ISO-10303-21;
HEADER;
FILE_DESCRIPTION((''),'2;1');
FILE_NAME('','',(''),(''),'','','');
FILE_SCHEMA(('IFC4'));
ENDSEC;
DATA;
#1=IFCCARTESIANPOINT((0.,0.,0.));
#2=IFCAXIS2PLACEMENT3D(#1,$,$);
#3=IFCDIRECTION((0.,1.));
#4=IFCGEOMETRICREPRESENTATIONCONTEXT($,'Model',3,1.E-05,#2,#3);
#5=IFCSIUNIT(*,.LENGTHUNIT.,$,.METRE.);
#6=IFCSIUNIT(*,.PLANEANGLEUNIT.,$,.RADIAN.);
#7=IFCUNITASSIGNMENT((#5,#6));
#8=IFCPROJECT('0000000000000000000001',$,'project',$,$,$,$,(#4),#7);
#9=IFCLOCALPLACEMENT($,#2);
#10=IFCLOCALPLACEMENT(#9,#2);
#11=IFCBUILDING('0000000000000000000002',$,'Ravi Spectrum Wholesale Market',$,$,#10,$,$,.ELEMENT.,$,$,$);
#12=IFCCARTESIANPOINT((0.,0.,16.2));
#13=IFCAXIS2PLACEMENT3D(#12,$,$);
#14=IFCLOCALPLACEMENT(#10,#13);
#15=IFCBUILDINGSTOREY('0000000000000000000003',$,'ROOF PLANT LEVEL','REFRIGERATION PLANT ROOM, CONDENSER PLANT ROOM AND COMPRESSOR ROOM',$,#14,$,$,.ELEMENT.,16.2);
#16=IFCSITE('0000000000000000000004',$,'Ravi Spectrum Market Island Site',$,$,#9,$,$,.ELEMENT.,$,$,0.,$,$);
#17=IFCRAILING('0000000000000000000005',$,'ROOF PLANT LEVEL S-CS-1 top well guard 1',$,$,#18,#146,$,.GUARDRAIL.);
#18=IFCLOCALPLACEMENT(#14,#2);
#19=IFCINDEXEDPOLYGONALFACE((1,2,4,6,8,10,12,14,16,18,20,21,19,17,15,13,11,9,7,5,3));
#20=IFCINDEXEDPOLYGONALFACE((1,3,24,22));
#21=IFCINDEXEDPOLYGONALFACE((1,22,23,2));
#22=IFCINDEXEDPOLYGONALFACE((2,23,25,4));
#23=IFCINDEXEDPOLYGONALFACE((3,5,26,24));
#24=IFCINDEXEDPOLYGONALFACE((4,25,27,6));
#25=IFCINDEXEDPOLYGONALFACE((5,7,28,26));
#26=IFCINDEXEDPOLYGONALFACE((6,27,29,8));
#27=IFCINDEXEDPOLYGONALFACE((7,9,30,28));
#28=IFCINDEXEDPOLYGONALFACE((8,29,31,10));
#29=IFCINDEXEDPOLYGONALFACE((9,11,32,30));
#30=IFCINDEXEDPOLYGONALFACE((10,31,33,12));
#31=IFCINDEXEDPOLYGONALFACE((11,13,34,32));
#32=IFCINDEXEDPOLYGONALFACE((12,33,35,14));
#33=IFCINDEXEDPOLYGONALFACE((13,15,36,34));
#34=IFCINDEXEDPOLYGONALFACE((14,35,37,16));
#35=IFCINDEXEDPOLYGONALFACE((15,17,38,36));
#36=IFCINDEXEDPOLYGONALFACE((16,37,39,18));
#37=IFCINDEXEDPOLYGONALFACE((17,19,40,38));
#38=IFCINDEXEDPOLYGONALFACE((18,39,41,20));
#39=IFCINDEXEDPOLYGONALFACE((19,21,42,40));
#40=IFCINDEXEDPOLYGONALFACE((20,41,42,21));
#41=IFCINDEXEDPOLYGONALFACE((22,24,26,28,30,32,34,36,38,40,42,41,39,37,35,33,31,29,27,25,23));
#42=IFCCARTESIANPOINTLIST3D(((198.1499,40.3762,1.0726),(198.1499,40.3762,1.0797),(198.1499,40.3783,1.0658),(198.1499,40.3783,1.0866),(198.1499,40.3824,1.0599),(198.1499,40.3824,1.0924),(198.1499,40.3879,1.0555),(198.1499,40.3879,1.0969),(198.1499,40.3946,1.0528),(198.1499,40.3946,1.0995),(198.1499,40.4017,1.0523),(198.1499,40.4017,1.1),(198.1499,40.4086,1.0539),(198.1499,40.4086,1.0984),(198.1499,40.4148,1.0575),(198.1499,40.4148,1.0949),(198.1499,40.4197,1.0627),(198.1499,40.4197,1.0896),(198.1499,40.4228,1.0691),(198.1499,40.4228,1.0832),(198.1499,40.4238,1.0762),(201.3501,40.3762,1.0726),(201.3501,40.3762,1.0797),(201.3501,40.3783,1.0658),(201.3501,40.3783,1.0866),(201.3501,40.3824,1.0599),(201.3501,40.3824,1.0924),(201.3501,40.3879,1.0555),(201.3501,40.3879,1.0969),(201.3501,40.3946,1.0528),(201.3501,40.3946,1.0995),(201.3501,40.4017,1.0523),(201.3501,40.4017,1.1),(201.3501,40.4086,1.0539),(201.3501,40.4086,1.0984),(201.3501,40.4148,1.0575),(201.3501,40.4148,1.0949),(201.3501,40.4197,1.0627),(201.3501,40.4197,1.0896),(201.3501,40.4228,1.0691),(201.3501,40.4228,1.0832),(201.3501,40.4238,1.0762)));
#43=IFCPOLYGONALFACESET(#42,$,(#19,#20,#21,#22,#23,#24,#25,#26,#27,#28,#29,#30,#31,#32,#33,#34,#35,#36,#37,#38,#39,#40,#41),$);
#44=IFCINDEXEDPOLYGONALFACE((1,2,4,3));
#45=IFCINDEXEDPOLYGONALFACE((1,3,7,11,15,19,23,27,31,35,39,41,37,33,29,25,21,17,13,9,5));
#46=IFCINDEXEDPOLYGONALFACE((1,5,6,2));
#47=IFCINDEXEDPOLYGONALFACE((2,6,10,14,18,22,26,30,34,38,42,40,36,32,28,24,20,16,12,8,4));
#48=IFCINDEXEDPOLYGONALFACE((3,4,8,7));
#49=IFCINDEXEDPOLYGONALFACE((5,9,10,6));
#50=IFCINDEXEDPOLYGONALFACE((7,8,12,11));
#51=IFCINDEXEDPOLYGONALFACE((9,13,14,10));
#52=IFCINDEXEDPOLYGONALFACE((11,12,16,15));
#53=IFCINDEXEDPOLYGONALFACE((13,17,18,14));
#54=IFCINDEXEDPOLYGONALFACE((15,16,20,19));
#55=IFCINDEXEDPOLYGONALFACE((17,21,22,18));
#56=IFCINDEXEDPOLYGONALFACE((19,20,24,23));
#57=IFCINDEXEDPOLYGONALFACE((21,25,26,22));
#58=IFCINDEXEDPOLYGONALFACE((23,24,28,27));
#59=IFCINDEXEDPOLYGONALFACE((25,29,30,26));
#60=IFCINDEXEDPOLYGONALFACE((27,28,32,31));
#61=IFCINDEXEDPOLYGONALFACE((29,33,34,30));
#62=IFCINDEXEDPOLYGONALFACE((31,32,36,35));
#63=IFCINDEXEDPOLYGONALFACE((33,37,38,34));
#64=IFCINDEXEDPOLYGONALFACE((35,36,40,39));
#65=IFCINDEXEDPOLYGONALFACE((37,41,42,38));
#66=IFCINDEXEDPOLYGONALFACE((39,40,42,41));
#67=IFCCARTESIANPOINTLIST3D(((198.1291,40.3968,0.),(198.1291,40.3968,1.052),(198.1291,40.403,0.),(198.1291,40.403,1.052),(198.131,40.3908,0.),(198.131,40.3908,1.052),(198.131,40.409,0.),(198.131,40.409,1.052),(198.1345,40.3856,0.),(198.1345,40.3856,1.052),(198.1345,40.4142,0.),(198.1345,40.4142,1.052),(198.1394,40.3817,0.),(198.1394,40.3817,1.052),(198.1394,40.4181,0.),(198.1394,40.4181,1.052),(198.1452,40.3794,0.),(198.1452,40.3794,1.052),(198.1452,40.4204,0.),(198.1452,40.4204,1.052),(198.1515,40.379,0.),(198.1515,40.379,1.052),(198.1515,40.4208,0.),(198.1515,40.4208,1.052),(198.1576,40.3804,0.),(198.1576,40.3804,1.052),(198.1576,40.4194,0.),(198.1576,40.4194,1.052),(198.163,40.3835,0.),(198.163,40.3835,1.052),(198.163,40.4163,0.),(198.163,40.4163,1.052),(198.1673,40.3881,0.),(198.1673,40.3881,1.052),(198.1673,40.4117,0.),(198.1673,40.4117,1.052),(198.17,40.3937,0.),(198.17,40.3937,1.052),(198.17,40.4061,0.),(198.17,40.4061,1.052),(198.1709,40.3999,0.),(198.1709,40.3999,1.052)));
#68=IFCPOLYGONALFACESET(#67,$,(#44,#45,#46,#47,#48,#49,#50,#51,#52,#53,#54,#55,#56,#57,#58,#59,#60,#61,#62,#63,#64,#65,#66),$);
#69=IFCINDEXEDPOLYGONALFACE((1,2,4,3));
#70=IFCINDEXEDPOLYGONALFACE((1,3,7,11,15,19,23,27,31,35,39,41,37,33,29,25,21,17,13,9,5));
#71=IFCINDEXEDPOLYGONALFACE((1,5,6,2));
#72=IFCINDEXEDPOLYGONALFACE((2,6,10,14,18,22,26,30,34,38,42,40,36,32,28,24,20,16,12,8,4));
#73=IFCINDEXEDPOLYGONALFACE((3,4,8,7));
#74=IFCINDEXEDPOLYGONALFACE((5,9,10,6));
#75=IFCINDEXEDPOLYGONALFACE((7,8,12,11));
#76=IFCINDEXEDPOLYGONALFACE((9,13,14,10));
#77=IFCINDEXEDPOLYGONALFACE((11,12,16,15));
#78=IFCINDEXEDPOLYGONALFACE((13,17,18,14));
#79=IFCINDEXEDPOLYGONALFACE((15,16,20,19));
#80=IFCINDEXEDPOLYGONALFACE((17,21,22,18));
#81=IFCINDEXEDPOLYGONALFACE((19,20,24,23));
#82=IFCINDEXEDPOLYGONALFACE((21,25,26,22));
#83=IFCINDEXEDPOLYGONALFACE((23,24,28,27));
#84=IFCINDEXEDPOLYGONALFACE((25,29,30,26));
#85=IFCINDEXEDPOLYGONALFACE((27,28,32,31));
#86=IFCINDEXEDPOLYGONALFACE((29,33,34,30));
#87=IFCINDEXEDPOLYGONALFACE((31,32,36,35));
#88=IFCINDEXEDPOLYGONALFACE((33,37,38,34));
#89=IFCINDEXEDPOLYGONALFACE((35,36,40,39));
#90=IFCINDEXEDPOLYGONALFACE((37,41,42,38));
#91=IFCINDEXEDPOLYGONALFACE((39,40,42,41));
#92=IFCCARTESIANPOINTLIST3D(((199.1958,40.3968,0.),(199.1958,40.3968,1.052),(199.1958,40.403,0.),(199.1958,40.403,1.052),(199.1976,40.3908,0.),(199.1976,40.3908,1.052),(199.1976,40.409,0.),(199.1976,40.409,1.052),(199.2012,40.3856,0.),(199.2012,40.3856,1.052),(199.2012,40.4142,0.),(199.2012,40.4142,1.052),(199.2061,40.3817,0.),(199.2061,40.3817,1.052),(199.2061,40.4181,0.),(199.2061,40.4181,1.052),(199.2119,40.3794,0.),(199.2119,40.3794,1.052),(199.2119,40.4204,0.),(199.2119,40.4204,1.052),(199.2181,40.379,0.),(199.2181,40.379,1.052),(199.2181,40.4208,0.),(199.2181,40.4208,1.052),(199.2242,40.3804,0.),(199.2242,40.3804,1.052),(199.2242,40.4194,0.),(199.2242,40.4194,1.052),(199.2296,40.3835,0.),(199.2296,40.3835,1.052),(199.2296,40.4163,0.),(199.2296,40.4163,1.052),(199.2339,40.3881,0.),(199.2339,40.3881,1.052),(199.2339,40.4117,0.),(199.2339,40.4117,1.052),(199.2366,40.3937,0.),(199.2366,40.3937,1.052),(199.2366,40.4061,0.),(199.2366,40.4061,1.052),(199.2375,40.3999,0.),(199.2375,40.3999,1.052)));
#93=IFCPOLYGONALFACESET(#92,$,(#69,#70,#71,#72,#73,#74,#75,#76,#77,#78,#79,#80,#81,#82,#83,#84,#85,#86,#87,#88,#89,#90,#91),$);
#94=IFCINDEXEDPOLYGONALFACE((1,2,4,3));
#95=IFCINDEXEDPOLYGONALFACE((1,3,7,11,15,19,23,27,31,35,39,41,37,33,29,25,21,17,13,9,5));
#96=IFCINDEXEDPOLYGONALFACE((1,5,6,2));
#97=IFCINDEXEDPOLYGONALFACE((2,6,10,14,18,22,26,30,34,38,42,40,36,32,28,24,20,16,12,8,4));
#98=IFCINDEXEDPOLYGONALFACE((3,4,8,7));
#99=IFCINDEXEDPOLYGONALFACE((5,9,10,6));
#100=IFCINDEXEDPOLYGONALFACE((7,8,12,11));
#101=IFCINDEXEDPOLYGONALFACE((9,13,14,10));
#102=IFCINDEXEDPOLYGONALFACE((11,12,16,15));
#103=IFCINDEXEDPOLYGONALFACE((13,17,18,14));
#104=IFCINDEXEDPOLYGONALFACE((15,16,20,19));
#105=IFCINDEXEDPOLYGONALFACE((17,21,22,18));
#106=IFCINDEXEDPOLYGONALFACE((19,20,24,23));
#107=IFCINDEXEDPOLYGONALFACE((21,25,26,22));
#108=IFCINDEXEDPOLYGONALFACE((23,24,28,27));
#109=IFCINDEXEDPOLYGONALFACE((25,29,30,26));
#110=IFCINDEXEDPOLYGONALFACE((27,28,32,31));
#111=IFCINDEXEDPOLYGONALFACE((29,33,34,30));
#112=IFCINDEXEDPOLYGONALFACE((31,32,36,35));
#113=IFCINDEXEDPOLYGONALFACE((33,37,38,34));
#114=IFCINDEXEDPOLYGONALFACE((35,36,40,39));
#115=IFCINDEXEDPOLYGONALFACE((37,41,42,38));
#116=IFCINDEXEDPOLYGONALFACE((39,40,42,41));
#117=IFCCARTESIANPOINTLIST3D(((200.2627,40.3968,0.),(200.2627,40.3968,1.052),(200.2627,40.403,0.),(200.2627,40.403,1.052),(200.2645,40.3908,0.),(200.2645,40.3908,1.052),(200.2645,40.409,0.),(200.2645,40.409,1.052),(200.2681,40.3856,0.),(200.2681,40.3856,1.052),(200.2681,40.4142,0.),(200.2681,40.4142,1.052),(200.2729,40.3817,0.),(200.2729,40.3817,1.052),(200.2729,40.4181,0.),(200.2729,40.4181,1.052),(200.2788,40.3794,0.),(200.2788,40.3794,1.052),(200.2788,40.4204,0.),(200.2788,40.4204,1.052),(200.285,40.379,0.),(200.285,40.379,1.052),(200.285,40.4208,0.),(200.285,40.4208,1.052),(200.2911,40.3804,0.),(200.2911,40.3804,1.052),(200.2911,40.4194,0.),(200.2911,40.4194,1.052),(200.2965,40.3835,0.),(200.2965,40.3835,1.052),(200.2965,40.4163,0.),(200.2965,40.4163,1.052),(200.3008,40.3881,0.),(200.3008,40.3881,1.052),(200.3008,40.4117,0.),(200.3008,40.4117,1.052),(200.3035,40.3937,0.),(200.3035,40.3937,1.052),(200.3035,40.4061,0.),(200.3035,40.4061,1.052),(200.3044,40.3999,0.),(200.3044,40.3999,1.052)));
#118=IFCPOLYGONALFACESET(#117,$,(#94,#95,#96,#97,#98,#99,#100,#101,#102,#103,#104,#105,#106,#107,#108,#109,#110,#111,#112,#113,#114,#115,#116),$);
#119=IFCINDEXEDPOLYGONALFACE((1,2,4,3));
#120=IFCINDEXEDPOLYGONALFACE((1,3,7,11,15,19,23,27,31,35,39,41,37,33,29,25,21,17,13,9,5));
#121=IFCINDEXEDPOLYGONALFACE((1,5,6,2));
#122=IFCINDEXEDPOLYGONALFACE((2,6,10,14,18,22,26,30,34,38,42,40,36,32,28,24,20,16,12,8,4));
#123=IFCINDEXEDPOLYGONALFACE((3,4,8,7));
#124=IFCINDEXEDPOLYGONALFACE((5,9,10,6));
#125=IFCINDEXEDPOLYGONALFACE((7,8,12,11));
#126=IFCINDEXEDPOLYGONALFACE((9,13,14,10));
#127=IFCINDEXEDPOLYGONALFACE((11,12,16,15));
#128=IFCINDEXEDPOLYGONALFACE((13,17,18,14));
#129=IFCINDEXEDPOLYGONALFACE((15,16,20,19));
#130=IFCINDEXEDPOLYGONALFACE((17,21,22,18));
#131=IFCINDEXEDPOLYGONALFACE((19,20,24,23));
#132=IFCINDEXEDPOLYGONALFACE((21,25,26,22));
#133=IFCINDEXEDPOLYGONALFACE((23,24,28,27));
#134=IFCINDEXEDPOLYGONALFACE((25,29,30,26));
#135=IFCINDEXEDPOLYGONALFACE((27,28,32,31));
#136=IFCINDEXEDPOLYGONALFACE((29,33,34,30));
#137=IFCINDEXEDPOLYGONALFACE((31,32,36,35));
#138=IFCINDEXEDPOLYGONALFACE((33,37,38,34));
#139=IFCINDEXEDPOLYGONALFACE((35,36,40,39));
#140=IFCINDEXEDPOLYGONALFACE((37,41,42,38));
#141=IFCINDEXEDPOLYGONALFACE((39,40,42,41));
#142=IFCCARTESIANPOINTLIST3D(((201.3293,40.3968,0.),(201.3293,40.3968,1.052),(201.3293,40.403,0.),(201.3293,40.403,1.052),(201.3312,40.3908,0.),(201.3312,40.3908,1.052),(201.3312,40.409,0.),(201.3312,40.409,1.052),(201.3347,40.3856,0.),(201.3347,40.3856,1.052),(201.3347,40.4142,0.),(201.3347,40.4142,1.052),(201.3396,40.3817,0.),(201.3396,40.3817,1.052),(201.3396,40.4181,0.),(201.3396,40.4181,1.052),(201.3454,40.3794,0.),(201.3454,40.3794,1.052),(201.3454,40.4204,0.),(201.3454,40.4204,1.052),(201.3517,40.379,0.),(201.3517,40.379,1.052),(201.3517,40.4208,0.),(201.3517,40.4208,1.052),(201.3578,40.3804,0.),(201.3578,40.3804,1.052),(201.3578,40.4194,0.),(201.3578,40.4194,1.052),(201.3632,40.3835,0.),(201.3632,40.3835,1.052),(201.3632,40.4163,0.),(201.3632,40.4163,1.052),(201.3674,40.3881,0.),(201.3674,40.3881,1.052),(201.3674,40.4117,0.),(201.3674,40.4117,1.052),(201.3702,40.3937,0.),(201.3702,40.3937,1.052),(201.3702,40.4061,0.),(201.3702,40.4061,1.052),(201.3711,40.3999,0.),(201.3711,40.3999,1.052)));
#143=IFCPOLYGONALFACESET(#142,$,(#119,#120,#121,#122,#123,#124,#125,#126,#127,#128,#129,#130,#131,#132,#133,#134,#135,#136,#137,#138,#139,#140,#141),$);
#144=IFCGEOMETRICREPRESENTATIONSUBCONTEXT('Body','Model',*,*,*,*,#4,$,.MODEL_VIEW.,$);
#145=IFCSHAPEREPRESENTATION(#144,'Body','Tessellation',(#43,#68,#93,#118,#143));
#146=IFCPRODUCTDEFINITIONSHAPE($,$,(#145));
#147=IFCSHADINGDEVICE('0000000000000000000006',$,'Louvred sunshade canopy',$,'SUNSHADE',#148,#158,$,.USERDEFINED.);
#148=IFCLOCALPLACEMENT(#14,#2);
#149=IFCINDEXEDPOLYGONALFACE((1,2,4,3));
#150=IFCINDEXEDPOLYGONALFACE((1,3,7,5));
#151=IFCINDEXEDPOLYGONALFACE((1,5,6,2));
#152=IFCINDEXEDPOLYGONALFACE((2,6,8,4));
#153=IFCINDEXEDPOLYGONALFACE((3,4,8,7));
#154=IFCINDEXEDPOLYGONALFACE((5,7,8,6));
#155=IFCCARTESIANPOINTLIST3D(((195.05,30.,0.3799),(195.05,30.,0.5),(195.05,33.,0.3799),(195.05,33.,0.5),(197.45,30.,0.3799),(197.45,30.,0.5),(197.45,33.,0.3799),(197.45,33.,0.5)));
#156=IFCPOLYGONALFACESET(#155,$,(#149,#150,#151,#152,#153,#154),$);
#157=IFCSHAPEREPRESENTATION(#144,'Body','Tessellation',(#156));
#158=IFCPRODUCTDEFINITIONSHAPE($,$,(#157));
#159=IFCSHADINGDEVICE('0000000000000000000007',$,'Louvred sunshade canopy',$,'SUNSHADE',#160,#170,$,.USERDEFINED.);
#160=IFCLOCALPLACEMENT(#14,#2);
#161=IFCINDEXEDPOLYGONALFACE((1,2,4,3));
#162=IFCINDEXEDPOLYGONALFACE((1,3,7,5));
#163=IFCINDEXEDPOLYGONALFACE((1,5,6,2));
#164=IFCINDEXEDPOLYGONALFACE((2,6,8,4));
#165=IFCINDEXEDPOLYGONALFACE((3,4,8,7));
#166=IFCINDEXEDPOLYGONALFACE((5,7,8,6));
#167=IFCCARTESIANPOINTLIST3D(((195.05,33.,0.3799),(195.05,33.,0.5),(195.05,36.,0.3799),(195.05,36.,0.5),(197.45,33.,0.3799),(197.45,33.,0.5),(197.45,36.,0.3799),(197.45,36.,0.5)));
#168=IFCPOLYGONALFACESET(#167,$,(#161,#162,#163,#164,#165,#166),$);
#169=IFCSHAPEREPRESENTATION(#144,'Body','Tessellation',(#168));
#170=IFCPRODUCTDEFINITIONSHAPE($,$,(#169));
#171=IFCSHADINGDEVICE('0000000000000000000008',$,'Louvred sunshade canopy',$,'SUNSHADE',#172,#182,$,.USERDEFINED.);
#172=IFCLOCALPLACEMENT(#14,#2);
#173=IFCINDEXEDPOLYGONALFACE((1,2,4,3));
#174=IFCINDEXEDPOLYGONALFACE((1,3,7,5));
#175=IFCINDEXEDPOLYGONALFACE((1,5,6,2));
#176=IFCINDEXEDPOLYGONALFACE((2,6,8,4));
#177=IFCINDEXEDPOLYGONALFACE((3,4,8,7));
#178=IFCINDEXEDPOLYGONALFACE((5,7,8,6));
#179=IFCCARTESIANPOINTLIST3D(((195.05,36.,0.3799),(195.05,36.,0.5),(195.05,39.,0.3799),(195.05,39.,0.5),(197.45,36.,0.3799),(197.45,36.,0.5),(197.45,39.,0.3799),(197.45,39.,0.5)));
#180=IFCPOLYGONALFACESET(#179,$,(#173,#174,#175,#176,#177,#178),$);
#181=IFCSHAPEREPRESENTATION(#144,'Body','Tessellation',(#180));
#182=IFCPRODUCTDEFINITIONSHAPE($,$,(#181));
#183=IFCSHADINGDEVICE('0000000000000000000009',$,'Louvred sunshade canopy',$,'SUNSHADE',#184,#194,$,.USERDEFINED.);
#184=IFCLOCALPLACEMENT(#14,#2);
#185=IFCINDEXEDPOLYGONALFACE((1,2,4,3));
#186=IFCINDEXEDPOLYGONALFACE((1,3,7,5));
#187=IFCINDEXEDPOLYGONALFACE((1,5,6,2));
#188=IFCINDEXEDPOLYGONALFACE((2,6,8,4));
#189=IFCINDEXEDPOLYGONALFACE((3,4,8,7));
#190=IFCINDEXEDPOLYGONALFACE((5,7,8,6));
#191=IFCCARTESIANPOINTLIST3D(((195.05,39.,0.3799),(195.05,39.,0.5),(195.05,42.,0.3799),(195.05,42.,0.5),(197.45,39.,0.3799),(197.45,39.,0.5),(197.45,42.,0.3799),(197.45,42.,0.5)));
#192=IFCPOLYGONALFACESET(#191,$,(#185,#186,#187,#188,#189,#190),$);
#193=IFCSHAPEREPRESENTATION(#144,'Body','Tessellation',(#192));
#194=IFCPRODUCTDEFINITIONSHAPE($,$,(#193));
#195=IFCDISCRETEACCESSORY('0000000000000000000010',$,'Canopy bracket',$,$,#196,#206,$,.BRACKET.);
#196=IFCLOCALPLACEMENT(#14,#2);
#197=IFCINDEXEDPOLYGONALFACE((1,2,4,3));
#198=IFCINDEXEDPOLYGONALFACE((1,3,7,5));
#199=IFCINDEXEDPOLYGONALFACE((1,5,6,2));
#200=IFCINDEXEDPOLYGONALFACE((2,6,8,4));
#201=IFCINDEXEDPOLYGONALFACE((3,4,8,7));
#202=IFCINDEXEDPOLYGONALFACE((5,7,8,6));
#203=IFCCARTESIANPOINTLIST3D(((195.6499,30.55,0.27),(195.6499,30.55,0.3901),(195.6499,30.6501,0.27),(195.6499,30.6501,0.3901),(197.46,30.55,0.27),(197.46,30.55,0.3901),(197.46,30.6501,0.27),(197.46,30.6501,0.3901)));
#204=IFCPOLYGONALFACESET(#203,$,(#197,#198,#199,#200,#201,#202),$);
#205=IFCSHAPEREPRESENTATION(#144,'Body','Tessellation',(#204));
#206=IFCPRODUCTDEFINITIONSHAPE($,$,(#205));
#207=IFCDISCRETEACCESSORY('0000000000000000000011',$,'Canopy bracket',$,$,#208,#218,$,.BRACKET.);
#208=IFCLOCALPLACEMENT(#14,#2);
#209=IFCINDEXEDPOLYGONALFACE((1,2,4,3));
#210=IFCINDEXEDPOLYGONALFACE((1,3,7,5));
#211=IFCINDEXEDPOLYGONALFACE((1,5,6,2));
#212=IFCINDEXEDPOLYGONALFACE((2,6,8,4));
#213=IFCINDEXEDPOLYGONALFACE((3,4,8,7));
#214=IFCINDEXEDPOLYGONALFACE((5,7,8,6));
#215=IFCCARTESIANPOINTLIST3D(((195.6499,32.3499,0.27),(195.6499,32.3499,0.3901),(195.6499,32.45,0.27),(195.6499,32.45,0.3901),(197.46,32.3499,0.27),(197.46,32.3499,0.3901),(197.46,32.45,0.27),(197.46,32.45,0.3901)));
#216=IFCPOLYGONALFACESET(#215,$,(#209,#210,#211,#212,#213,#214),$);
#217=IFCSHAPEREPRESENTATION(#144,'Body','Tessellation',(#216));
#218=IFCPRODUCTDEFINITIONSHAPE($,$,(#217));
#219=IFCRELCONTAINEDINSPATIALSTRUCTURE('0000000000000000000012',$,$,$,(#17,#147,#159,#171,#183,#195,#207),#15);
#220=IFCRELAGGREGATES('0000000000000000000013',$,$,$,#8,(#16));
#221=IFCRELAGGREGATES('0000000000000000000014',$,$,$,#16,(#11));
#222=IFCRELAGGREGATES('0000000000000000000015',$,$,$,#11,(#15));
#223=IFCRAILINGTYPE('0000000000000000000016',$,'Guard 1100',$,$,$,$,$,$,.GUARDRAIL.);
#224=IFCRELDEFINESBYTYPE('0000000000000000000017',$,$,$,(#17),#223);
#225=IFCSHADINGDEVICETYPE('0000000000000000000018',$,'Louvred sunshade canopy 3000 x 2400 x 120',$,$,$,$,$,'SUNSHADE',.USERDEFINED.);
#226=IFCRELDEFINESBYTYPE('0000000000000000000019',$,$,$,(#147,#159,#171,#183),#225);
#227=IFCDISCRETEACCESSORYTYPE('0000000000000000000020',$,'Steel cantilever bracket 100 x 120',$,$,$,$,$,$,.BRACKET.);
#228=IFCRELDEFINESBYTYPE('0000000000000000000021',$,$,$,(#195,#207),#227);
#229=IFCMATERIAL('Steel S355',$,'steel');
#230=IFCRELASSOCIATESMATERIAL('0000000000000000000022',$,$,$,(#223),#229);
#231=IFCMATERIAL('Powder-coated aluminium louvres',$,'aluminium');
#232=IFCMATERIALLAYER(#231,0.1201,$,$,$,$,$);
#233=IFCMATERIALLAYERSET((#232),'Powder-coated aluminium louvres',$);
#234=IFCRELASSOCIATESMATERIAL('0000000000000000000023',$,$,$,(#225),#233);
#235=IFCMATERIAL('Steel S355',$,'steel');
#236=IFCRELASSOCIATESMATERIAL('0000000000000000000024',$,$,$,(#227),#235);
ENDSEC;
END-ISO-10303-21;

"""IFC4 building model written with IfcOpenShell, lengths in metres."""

from ifc_helpers import new_model, si_unit, direction, frame, origin, origin_2d, place, context, subcontext, project, spatial, rectangle, circle, extrude, material, layer, layer_set, type_object, element, save


model = new_model("IFC4")

# Units and contexts
model_context = context("Model", 3, precision=1e-05, world=origin(), true_north=direction((0.0, 1.0)))
body_context = subcontext(model_context, "Body", "Model", "MODEL_VIEW")
ifc_project = project(units=[si_unit("LENGTHUNIT", "METRE"), si_unit("PLANEANGLEUNIT", "RADIAN")], contexts=[model_context])

# Site, building, storey
site_placement = place(None, origin())
site = spatial("IfcSite", under=ifc_project, at=site_placement, Name="Ravi Spectrum Market Island Site", CompositionType="ELEMENT", RefElevation=0.0)
building_placement = place(site_placement, origin())
building = spatial("IfcBuilding", under=site, at=building_placement, Name="Ravi Spectrum Wholesale Market", CompositionType="ELEMENT")
storey_placement = place(building_placement, frame((0.0, 0.0, 16.2)))
storey = spatial("IfcBuildingStorey", under=building, at=storey_placement, Name="ROOF PLANT LEVEL", Description="REFRIGERATION PLANT ROOM, CONDENSER PLANT ROOM AND COMPRESSOR ROOM", CompositionType="ELEMENT", Elevation=16.2)

# Railing
ifc_material_1 = material(Name="Steel S355", Category="steel")
railing_type = type_object("IfcRailingType", Name="Guard 1100", PredefinedType="GUARDRAIL", material=ifc_material_1)
railing_placement = place(storey_placement, frame((198.1499, 40.3999, 0.0)))
element("IfcRailing", 1, at=railing_placement, inside=storey, type_object=railing_type, Name="ROOF PLANT LEVEL S-CS-1 top well guard 1", PredefinedType="GUARDRAIL", context=body_context, shape_type="SweptSolid", body=[
    extrude(circle(Radius=0.0239, at=origin_2d()), frame((0.0, 0.0, 1.0762), z_axis=(1.0, 0.0, 0.0), x_axis=(0.0, 1.0, 0.0)), (0.0, 0.0, 1.0), 3.2002),
    extrude(circle(Radius=0.021, at=origin_2d()), origin(), (0.0, 0.0, 1.0), 1.052),
    extrude(circle(Radius=0.021, at=origin_2d()), frame((1.0667, 0.0, 0.0)), (0.0, 0.0, 1.0), 1.052),
    extrude(circle(Radius=0.021, at=origin_2d()), frame((2.1335, 0.0, 0.0)), (0.0, 0.0, 1.0), 1.052),
    extrude(circle(Radius=0.021, at=origin_2d()), frame((3.2002, 0.0, 0.0)), (0.0, 0.0, 1.0), 1.052),
])

# Shading devices
ifc_material_2 = material(Name="Powder-coated aluminium louvres", Category="aluminium")
ifc_layer_1 = layer(ifc_material_2, 0.1201)
ifc_layer_set_1 = layer_set([ifc_layer_1], Name="Powder-coated aluminium louvres")
shading_device_type = type_object("IfcShadingDeviceType", Name="Louvred sunshade canopy 3000 x 2400 x 120", ElementType="SUNSHADE", PredefinedType="USERDEFINED", material=ifc_layer_set_1)
for number, where, z_axis, x_axis, name in (
    (2, (196.25, 31.5, 0.3799), (0.0, 0.0, 1.0), (1.0, 0.0, 0.0), "Louvred sunshade canopy"),
    (3, (196.25, 34.5, 0.3799), (0.0, 0.0, 1.0), (1.0, 0.0, 0.0), "Louvred sunshade canopy"),
    (4, (196.25, 37.5, 0.3799), (0.0, 0.0, 1.0), (1.0, 0.0, 0.0), "Louvred sunshade canopy"),
    (5, (196.25, 40.5, 0.3799), (0.0, 0.0, 1.0), (1.0, 0.0, 0.0), "Louvred sunshade canopy"),
):
    element("IfcShadingDevice", number, at=place(storey_placement, frame(where, z_axis=z_axis, x_axis=x_axis)), inside=storey, type_object=shading_device_type, Name=name, ObjectType="SUNSHADE", PredefinedType="USERDEFINED", context=body_context, shape_type="SweptSolid", body=[
        extrude(rectangle(XDim=2.3999, YDim=3.0, at=origin_2d()), origin(), (0.0, 0.0, 1.0), 0.1201),
    ])

# Discrete accessories
ifc_material_3 = material(Name="Steel S355", Category="steel")
discrete_accessory_type = type_object("IfcDiscreteAccessoryType", Name="Steel cantilever bracket 100 x 120", PredefinedType="BRACKET", material=ifc_material_3)
for number, where, z_axis, x_axis, name in (
    (6, (196.5549, 30.6001, 0.27), (0.0, 0.0, 1.0), (1.0, 0.0, 0.0), "Canopy bracket"),
    (7, (196.5549, 32.3999, 0.27), (0.0, 0.0, 1.0), (1.0, 0.0, 0.0), "Canopy bracket"),
):
    element("IfcDiscreteAccessory", number, at=place(storey_placement, frame(where, z_axis=z_axis, x_axis=x_axis)), inside=storey, type_object=discrete_accessory_type, Name=name, PredefinedType="BRACKET", context=body_context, shape_type="SweptSolid", body=[
        extrude(rectangle(XDim=1.8101, YDim=0.1001, at=origin_2d()), origin(), (0.0, 0.0, 1.0), 0.1201),
    ])

save(model, "model.ifc")
